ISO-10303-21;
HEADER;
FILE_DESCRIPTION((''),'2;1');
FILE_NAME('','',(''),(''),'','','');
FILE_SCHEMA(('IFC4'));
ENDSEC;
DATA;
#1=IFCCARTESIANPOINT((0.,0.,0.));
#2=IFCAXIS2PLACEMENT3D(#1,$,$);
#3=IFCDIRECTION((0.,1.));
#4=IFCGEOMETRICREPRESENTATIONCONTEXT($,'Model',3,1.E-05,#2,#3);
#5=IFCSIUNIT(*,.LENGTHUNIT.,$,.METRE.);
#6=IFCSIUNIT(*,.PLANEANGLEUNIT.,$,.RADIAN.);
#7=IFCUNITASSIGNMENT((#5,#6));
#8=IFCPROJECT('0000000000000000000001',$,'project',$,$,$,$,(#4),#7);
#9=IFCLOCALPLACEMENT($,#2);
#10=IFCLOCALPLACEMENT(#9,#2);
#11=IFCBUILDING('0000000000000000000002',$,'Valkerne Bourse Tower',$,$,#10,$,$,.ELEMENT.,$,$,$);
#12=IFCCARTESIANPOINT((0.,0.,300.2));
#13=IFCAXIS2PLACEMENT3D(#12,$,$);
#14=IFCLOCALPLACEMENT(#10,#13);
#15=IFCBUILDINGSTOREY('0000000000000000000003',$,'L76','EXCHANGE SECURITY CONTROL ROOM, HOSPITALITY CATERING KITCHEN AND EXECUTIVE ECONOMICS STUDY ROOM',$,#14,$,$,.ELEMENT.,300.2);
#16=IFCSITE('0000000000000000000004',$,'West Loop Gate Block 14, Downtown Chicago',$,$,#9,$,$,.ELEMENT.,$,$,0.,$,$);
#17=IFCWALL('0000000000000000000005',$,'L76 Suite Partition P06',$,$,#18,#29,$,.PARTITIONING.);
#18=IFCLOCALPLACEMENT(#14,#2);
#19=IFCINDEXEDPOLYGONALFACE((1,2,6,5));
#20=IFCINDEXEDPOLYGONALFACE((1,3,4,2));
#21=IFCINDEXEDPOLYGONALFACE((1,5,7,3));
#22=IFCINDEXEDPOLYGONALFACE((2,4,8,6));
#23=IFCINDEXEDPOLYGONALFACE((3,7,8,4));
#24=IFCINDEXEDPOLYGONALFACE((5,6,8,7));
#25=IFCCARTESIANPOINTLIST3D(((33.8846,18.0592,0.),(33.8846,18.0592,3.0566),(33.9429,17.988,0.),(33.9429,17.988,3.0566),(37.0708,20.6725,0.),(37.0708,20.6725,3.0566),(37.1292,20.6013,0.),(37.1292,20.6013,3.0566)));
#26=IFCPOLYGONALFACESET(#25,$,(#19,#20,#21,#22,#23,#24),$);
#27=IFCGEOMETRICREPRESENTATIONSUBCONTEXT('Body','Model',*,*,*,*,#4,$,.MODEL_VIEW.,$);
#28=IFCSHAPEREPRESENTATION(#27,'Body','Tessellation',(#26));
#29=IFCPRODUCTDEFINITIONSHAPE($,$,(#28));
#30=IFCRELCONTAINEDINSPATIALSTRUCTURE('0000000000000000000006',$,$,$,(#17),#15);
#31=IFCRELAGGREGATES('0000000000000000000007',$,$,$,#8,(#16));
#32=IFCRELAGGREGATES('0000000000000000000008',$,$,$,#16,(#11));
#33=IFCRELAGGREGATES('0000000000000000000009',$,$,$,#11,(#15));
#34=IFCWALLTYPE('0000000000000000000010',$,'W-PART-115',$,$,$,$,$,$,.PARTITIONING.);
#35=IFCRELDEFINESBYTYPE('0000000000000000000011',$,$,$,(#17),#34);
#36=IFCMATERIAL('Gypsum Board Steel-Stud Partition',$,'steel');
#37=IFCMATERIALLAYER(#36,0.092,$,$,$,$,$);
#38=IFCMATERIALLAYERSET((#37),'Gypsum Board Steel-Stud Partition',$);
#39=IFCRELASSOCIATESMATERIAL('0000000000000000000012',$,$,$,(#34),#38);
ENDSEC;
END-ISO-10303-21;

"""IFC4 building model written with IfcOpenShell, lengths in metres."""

from ifc_helpers import new_model, si_unit, direction, frame, frame_2d, origin, place, context, subcontext, project, spatial, rectangle, extrude, material, layer, layer_set, type_object, element, save


model = new_model("IFC4")

# Units and contexts
model_context = context("Model", 3, precision=1e-05, world=origin(), true_north=direction((0.0, 1.0)))
body_context = subcontext(model_context, "Body", "Model", "MODEL_VIEW")
ifc_project = project(units=[si_unit("LENGTHUNIT", "METRE"), si_unit("PLANEANGLEUNIT", "RADIAN")], contexts=[model_context])

# Site, building, storey
site_placement = place(None, origin())
site = spatial("IfcSite", under=ifc_project, at=site_placement, Name="West Loop Gate Block 14, Downtown Chicago", CompositionType="ELEMENT", RefElevation=0.0)
building_placement = place(site_placement, origin())
building = spatial("IfcBuilding", under=site, at=building_placement, Name="Valkerne Bourse Tower", CompositionType="ELEMENT")
storey_placement = place(building_placement, frame((0.0, 0.0, 300.2)))
storey = spatial("IfcBuildingStorey", under=building, at=storey_placement, Name="L76", Description="EXCHANGE SECURITY CONTROL ROOM, HOSPITALITY CATERING KITCHEN AND EXECUTIVE ECONOMICS STUDY ROOM", CompositionType="ELEMENT", Elevation=300.2)

# Wall
ifc_material_1 = material(Name="Gypsum Board Steel-Stud Partition", Category="steel")
ifc_layer_1 = layer(ifc_material_1, 0.092)
ifc_layer_set_1 = layer_set([ifc_layer_1], Name="Gypsum Board Steel-Stud Partition")
wall_type_1 = type_object("IfcWallType", Name="W-PART-115", PredefinedType="PARTITIONING", material=ifc_layer_set_1)
wall_1_placement = place(storey_placement, frame((37.1001, 20.637, 0.0), z_axis=(0.0, 0.0, 1.0), x_axis=(-0.773204, -0.634157, 0.0)))
element("IfcWall", 1, at=wall_1_placement, inside=storey, type_object=wall_type_1, Name="L76 Suite Partition P06", PredefinedType="PARTITIONING", context=body_context, shape_type="SweptSolid", body=[
    extrude(rectangle(XDim=4.1208, YDim=0.092, at=frame_2d((2.0605, 0.0))), origin(), (0.0, 0.0, 1.0), 3.0566),
])

save(model, "model.ifc")
